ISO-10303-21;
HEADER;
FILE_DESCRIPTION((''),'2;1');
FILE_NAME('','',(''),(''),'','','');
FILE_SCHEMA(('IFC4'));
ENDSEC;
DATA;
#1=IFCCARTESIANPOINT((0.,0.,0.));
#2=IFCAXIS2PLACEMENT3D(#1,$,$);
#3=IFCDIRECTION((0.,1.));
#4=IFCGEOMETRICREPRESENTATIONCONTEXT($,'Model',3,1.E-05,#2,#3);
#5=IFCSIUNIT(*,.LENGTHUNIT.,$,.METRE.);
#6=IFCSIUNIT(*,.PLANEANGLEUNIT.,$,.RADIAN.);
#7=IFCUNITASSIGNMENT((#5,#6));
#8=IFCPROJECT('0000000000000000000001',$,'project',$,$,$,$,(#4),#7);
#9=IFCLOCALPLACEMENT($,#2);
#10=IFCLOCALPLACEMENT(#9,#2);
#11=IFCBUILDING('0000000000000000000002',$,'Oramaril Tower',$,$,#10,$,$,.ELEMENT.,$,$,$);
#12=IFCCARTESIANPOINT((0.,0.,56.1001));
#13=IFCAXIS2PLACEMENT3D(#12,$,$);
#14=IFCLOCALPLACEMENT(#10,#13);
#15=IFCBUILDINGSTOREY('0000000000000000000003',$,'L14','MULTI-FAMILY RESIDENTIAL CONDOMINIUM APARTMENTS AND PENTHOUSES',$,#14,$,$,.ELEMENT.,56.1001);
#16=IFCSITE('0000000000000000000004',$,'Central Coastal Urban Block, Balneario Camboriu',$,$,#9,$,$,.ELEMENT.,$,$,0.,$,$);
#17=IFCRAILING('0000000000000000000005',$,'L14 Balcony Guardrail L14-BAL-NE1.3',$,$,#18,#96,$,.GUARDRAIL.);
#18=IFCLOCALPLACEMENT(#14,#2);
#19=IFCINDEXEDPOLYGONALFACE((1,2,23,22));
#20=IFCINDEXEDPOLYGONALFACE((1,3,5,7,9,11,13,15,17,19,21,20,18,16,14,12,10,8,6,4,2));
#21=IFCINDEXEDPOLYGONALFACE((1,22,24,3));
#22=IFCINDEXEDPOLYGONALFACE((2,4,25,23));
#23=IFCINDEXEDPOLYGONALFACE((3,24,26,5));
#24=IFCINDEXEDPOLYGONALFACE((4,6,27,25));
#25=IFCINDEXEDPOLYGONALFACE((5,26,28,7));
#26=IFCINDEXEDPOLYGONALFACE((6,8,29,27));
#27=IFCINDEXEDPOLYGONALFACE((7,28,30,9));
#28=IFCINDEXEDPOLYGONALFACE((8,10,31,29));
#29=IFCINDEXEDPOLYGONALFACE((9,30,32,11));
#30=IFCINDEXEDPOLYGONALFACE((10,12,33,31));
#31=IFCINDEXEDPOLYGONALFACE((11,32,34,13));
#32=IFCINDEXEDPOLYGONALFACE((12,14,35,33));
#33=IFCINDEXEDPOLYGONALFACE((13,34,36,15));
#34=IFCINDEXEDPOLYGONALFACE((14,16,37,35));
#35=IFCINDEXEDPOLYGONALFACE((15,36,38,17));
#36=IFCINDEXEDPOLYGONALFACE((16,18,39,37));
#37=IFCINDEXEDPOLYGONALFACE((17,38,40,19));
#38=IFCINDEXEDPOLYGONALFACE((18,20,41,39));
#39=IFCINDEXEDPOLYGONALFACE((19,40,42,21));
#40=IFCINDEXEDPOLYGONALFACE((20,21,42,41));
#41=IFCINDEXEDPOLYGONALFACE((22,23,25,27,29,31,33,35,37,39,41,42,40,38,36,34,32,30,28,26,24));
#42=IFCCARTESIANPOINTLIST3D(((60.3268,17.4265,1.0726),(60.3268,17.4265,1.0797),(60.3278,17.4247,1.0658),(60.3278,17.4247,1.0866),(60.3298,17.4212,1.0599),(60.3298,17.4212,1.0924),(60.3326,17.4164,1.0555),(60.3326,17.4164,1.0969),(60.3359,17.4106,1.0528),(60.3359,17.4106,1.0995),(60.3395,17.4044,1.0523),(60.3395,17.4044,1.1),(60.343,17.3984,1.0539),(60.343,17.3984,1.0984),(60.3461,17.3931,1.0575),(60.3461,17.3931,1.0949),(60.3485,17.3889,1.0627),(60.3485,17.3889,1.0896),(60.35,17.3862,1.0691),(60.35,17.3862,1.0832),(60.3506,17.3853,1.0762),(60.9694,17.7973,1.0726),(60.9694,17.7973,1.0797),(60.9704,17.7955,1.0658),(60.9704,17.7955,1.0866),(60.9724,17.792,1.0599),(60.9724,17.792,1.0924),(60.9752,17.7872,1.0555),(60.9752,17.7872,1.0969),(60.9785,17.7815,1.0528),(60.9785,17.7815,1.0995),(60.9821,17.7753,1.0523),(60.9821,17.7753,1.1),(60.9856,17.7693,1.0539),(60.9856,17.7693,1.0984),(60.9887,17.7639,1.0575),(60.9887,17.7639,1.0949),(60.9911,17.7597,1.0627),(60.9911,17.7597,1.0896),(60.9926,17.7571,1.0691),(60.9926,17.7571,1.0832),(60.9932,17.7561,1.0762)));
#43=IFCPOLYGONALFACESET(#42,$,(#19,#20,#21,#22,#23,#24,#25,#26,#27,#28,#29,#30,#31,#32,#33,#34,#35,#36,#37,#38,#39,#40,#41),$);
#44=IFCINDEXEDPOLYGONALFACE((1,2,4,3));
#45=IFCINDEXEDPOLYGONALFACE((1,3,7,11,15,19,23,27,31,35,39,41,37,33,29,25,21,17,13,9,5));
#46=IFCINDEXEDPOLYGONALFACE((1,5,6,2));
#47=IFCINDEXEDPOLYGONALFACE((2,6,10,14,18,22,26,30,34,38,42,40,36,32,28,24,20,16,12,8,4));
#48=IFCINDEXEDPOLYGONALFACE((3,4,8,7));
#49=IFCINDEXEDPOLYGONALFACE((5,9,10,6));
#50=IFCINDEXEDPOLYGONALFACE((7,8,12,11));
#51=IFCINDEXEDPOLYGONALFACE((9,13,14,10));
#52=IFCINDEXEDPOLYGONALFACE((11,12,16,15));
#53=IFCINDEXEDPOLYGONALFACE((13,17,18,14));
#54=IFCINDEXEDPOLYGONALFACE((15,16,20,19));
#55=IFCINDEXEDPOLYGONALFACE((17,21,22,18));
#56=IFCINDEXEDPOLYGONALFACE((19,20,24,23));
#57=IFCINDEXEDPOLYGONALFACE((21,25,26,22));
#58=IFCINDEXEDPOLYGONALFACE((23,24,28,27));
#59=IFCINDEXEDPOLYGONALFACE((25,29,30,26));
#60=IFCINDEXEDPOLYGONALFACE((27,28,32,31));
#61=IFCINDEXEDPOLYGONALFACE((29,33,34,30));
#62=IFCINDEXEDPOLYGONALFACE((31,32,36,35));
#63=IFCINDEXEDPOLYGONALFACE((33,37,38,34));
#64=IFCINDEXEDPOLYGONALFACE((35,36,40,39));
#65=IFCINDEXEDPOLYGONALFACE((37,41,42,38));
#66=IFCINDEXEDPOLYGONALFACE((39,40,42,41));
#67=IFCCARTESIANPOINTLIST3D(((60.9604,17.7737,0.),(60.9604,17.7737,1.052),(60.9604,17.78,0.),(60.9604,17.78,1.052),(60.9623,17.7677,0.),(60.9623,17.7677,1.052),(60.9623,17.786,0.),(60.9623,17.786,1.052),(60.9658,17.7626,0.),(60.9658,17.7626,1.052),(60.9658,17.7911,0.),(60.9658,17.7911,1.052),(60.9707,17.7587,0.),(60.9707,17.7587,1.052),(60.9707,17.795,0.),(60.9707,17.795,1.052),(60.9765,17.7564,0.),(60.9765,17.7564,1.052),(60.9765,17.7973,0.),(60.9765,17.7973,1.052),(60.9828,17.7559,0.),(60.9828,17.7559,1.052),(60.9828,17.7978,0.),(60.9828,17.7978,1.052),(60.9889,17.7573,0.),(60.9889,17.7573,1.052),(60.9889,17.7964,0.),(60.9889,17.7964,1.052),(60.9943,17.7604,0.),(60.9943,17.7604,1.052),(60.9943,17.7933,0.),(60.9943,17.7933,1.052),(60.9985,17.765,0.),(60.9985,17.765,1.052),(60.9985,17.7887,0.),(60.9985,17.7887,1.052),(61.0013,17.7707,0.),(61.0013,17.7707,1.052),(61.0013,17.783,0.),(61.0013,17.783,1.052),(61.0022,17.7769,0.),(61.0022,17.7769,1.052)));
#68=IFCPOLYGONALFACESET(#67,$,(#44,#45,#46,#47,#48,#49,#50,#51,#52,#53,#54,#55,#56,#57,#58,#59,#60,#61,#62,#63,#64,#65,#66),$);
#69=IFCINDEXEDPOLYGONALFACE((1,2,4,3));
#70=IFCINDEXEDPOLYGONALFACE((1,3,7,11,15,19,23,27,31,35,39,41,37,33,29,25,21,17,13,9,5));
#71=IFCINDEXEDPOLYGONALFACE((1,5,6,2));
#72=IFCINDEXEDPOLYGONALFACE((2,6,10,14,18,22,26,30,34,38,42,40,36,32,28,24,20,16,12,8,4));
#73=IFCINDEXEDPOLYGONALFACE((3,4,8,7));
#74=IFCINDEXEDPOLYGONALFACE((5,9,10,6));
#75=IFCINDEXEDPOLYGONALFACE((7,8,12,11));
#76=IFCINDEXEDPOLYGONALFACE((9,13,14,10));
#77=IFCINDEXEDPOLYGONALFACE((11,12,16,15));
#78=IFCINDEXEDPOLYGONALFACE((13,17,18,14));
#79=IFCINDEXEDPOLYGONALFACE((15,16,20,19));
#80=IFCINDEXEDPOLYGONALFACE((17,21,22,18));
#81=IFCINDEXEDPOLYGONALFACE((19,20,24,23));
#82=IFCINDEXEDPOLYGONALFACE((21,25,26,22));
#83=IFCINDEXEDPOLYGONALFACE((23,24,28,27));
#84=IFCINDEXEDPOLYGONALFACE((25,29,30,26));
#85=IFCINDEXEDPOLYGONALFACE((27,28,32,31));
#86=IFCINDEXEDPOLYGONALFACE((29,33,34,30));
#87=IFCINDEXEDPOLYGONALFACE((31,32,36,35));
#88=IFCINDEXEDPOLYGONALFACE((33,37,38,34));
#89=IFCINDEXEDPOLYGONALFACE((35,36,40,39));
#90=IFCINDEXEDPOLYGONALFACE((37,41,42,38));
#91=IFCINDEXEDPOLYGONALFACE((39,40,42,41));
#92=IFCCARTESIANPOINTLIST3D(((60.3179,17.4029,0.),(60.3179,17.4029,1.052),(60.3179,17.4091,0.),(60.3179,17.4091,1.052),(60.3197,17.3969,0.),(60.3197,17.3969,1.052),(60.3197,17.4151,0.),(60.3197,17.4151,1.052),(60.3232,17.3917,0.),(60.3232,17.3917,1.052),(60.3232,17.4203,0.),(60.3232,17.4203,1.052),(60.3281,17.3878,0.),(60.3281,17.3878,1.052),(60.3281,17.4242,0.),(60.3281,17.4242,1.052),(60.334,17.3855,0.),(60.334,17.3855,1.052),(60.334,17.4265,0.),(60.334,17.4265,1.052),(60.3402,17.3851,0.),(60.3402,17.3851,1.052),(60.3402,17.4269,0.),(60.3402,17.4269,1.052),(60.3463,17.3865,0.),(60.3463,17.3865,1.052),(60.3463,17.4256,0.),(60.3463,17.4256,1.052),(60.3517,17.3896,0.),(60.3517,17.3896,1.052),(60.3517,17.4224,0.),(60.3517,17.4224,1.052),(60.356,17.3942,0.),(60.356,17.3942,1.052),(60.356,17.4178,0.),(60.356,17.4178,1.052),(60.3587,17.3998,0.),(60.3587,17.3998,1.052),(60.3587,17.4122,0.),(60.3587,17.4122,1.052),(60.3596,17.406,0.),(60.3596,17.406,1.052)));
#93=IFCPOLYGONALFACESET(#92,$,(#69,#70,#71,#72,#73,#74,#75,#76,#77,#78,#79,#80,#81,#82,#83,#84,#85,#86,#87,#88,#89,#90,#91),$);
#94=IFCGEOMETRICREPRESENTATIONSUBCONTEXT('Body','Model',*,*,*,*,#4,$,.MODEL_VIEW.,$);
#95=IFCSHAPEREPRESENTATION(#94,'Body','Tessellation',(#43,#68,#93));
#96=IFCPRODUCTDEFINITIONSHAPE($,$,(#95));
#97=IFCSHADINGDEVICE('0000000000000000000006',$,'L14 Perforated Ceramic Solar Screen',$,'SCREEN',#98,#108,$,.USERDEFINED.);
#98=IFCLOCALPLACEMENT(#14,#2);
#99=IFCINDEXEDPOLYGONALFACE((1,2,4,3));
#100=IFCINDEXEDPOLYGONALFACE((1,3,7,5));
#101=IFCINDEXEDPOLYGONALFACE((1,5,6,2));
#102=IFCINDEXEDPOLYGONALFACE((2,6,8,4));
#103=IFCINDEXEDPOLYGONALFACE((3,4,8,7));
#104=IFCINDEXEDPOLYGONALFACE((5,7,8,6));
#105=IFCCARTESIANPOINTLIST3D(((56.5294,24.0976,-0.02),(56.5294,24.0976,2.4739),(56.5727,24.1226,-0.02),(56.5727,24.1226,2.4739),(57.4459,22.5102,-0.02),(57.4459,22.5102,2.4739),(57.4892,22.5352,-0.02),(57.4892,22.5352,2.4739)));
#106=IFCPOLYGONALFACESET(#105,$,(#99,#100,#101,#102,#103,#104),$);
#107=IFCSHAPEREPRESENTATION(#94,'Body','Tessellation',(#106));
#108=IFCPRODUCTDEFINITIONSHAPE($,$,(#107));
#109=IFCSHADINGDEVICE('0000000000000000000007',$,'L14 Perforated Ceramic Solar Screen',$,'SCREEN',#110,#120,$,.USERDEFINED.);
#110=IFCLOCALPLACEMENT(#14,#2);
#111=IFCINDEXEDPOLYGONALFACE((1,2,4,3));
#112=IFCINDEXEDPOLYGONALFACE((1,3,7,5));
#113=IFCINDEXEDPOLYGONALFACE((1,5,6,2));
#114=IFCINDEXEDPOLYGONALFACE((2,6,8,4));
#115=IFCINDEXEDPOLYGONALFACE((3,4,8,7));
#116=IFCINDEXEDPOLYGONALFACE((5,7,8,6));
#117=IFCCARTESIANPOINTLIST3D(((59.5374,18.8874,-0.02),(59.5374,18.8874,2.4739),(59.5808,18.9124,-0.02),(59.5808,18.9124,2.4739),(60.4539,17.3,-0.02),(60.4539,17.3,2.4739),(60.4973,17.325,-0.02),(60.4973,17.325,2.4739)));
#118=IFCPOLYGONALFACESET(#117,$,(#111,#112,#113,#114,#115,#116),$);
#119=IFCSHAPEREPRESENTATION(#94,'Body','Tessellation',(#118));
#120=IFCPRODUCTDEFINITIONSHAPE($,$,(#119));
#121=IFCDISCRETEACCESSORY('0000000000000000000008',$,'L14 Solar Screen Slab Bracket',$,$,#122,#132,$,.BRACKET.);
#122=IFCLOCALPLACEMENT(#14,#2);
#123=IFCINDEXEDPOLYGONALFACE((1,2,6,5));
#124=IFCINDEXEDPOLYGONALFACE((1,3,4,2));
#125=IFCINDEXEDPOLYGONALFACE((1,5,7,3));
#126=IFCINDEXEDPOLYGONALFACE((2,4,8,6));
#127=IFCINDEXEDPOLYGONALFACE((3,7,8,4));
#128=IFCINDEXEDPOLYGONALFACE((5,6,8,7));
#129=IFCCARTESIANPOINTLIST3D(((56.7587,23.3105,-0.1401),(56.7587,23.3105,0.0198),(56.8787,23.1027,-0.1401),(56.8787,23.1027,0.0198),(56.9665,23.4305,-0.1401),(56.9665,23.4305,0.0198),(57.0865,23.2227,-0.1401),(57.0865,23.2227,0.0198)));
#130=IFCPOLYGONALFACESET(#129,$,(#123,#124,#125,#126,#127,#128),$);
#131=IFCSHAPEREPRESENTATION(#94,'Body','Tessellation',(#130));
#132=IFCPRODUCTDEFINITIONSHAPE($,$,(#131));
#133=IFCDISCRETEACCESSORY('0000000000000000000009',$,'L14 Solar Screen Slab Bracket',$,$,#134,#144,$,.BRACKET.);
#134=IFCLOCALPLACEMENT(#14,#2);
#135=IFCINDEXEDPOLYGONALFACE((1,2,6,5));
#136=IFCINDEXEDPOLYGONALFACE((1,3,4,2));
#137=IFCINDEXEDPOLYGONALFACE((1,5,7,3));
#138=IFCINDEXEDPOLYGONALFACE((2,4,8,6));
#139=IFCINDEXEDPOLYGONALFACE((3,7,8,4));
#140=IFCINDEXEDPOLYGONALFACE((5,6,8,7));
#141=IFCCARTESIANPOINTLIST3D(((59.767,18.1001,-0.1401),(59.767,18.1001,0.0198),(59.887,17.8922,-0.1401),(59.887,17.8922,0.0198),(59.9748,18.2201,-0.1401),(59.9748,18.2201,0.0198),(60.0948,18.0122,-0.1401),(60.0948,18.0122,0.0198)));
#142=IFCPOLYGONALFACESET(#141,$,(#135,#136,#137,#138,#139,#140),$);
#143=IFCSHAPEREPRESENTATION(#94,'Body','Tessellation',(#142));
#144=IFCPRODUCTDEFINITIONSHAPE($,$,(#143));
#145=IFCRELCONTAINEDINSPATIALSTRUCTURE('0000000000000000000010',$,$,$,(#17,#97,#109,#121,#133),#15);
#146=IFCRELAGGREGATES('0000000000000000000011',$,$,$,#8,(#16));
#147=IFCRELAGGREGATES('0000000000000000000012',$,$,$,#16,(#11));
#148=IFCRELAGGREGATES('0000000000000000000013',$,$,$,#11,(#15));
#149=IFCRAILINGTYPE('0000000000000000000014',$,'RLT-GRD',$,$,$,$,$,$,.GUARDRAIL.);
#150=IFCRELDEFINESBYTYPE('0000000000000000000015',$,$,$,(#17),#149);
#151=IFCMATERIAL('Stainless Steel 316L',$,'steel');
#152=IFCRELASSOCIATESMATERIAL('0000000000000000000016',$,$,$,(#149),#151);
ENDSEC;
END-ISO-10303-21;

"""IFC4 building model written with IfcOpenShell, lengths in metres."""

from ifc_helpers import new_model, si_unit, direction, frame, origin, origin_2d, place, context, subcontext, project, spatial, rectangle, circle, extrude, material, type_object, element, save


model = new_model("IFC4")

# Units and contexts
model_context = context("Model", 3, precision=1e-05, world=origin(), true_north=direction((0.0, 1.0)))
body_context = subcontext(model_context, "Body", "Model", "MODEL_VIEW")
ifc_project = project(units=[si_unit("LENGTHUNIT", "METRE"), si_unit("PLANEANGLEUNIT", "RADIAN")], contexts=[model_context])

# Site, building, storey
site_placement = place(None, origin())
site = spatial("IfcSite", under=ifc_project, at=site_placement, Name="Central Coastal Urban Block, Balneario Camboriu", CompositionType="ELEMENT", RefElevation=0.0)
building_placement = place(site_placement, origin())
building = spatial("IfcBuilding", under=site, at=building_placement, Name="Oramaril Tower", CompositionType="ELEMENT")
storey_placement = place(building_placement, frame((0.0, 0.0, 56.1001)))
storey = spatial("IfcBuildingStorey", under=building, at=storey_placement, Name="L14", Description="MULTI-FAMILY RESIDENTIAL CONDOMINIUM APARTMENTS AND PENTHOUSES", CompositionType="ELEMENT", Elevation=56.1001)

# Railing
ifc_material_1 = material(Name="Stainless Steel 316L", Category="steel")
railing_type = type_object("IfcRailingType", Name="RLT-GRD", PredefinedType="GUARDRAIL", material=ifc_material_1)
railing_1_placement = place(storey_placement, frame((60.9812, 17.7769, 0.0)))
element("IfcRailing", 1, at=railing_1_placement, inside=storey, type_object=railing_type, Name="L14 Balcony Guardrail L14-BAL-NE1.3", PredefinedType="GUARDRAIL", context=body_context, shape_type="SweptSolid", body=[
    extrude(circle(Radius=0.0239, at=origin_2d()), frame((0.0, 0.0, 1.0762), z_axis=(-0.866109, -0.499855, 0.0), x_axis=(0.499855, -0.866109, 0.0)), (0.0, 0.0, 1.0), 0.7419),
    extrude(circle(Radius=0.021, at=origin_2d()), origin(), (0.0, 0.0, 1.0), 1.052),
    extrude(circle(Radius=0.021, at=origin_2d()), frame((-0.6426, -0.3708, 0.0)), (0.0, 0.0, 1.0), 1.052),
])

# Shading devices
for number, where, z_axis, x_axis, name in (
    (2, (57.0093, 23.3164, -0.02), (0.0, 0.0, 1.0), (-0.499998, 0.866026, 0.0), "L14 Perforated Ceramic Solar Screen"),
    (3, (60.0173, 18.1062, -0.02), (0.0, 0.0, 1.0), (-0.499998, 0.866026, 0.0), "L14 Perforated Ceramic Solar Screen"),
):
    element("IfcShadingDevice", number, at=place(storey_placement, frame(where, z_axis=z_axis, x_axis=x_axis)), inside=storey, Name=name, ObjectType="SCREEN", PredefinedType="USERDEFINED", context=body_context, shape_type="SweptSolid", body=[
        extrude(rectangle(XDim=1.833, YDim=0.05, at=origin_2d()), origin(), (0.0, 0.0, 1.0), 2.4939),
    ])

# Discrete accessories
for number, where, z_axis, x_axis, name in (
    (4, (56.9226, 23.2666, -0.1401), (0.0, 0.0, 1.0), (-0.499998, 0.866026, 0.0), "L14 Solar Screen Slab Bracket"),
    (5, (59.9309, 18.0562, -0.1401), (0.0, 0.0, 1.0), (-0.499998, 0.866026, 0.0), "L14 Solar Screen Slab Bracket"),
):
    element("IfcDiscreteAccessory", number, at=place(storey_placement, frame(where, z_axis=z_axis, x_axis=x_axis)), inside=storey, Name=name, PredefinedType="BRACKET", context=body_context, shape_type="SweptSolid", body=[
        extrude(rectangle(XDim=0.24, YDim=0.24, at=origin_2d()), origin(), (0.0, 0.0, 1.0), 0.1599),
    ])

save(model, "model.ifc")
